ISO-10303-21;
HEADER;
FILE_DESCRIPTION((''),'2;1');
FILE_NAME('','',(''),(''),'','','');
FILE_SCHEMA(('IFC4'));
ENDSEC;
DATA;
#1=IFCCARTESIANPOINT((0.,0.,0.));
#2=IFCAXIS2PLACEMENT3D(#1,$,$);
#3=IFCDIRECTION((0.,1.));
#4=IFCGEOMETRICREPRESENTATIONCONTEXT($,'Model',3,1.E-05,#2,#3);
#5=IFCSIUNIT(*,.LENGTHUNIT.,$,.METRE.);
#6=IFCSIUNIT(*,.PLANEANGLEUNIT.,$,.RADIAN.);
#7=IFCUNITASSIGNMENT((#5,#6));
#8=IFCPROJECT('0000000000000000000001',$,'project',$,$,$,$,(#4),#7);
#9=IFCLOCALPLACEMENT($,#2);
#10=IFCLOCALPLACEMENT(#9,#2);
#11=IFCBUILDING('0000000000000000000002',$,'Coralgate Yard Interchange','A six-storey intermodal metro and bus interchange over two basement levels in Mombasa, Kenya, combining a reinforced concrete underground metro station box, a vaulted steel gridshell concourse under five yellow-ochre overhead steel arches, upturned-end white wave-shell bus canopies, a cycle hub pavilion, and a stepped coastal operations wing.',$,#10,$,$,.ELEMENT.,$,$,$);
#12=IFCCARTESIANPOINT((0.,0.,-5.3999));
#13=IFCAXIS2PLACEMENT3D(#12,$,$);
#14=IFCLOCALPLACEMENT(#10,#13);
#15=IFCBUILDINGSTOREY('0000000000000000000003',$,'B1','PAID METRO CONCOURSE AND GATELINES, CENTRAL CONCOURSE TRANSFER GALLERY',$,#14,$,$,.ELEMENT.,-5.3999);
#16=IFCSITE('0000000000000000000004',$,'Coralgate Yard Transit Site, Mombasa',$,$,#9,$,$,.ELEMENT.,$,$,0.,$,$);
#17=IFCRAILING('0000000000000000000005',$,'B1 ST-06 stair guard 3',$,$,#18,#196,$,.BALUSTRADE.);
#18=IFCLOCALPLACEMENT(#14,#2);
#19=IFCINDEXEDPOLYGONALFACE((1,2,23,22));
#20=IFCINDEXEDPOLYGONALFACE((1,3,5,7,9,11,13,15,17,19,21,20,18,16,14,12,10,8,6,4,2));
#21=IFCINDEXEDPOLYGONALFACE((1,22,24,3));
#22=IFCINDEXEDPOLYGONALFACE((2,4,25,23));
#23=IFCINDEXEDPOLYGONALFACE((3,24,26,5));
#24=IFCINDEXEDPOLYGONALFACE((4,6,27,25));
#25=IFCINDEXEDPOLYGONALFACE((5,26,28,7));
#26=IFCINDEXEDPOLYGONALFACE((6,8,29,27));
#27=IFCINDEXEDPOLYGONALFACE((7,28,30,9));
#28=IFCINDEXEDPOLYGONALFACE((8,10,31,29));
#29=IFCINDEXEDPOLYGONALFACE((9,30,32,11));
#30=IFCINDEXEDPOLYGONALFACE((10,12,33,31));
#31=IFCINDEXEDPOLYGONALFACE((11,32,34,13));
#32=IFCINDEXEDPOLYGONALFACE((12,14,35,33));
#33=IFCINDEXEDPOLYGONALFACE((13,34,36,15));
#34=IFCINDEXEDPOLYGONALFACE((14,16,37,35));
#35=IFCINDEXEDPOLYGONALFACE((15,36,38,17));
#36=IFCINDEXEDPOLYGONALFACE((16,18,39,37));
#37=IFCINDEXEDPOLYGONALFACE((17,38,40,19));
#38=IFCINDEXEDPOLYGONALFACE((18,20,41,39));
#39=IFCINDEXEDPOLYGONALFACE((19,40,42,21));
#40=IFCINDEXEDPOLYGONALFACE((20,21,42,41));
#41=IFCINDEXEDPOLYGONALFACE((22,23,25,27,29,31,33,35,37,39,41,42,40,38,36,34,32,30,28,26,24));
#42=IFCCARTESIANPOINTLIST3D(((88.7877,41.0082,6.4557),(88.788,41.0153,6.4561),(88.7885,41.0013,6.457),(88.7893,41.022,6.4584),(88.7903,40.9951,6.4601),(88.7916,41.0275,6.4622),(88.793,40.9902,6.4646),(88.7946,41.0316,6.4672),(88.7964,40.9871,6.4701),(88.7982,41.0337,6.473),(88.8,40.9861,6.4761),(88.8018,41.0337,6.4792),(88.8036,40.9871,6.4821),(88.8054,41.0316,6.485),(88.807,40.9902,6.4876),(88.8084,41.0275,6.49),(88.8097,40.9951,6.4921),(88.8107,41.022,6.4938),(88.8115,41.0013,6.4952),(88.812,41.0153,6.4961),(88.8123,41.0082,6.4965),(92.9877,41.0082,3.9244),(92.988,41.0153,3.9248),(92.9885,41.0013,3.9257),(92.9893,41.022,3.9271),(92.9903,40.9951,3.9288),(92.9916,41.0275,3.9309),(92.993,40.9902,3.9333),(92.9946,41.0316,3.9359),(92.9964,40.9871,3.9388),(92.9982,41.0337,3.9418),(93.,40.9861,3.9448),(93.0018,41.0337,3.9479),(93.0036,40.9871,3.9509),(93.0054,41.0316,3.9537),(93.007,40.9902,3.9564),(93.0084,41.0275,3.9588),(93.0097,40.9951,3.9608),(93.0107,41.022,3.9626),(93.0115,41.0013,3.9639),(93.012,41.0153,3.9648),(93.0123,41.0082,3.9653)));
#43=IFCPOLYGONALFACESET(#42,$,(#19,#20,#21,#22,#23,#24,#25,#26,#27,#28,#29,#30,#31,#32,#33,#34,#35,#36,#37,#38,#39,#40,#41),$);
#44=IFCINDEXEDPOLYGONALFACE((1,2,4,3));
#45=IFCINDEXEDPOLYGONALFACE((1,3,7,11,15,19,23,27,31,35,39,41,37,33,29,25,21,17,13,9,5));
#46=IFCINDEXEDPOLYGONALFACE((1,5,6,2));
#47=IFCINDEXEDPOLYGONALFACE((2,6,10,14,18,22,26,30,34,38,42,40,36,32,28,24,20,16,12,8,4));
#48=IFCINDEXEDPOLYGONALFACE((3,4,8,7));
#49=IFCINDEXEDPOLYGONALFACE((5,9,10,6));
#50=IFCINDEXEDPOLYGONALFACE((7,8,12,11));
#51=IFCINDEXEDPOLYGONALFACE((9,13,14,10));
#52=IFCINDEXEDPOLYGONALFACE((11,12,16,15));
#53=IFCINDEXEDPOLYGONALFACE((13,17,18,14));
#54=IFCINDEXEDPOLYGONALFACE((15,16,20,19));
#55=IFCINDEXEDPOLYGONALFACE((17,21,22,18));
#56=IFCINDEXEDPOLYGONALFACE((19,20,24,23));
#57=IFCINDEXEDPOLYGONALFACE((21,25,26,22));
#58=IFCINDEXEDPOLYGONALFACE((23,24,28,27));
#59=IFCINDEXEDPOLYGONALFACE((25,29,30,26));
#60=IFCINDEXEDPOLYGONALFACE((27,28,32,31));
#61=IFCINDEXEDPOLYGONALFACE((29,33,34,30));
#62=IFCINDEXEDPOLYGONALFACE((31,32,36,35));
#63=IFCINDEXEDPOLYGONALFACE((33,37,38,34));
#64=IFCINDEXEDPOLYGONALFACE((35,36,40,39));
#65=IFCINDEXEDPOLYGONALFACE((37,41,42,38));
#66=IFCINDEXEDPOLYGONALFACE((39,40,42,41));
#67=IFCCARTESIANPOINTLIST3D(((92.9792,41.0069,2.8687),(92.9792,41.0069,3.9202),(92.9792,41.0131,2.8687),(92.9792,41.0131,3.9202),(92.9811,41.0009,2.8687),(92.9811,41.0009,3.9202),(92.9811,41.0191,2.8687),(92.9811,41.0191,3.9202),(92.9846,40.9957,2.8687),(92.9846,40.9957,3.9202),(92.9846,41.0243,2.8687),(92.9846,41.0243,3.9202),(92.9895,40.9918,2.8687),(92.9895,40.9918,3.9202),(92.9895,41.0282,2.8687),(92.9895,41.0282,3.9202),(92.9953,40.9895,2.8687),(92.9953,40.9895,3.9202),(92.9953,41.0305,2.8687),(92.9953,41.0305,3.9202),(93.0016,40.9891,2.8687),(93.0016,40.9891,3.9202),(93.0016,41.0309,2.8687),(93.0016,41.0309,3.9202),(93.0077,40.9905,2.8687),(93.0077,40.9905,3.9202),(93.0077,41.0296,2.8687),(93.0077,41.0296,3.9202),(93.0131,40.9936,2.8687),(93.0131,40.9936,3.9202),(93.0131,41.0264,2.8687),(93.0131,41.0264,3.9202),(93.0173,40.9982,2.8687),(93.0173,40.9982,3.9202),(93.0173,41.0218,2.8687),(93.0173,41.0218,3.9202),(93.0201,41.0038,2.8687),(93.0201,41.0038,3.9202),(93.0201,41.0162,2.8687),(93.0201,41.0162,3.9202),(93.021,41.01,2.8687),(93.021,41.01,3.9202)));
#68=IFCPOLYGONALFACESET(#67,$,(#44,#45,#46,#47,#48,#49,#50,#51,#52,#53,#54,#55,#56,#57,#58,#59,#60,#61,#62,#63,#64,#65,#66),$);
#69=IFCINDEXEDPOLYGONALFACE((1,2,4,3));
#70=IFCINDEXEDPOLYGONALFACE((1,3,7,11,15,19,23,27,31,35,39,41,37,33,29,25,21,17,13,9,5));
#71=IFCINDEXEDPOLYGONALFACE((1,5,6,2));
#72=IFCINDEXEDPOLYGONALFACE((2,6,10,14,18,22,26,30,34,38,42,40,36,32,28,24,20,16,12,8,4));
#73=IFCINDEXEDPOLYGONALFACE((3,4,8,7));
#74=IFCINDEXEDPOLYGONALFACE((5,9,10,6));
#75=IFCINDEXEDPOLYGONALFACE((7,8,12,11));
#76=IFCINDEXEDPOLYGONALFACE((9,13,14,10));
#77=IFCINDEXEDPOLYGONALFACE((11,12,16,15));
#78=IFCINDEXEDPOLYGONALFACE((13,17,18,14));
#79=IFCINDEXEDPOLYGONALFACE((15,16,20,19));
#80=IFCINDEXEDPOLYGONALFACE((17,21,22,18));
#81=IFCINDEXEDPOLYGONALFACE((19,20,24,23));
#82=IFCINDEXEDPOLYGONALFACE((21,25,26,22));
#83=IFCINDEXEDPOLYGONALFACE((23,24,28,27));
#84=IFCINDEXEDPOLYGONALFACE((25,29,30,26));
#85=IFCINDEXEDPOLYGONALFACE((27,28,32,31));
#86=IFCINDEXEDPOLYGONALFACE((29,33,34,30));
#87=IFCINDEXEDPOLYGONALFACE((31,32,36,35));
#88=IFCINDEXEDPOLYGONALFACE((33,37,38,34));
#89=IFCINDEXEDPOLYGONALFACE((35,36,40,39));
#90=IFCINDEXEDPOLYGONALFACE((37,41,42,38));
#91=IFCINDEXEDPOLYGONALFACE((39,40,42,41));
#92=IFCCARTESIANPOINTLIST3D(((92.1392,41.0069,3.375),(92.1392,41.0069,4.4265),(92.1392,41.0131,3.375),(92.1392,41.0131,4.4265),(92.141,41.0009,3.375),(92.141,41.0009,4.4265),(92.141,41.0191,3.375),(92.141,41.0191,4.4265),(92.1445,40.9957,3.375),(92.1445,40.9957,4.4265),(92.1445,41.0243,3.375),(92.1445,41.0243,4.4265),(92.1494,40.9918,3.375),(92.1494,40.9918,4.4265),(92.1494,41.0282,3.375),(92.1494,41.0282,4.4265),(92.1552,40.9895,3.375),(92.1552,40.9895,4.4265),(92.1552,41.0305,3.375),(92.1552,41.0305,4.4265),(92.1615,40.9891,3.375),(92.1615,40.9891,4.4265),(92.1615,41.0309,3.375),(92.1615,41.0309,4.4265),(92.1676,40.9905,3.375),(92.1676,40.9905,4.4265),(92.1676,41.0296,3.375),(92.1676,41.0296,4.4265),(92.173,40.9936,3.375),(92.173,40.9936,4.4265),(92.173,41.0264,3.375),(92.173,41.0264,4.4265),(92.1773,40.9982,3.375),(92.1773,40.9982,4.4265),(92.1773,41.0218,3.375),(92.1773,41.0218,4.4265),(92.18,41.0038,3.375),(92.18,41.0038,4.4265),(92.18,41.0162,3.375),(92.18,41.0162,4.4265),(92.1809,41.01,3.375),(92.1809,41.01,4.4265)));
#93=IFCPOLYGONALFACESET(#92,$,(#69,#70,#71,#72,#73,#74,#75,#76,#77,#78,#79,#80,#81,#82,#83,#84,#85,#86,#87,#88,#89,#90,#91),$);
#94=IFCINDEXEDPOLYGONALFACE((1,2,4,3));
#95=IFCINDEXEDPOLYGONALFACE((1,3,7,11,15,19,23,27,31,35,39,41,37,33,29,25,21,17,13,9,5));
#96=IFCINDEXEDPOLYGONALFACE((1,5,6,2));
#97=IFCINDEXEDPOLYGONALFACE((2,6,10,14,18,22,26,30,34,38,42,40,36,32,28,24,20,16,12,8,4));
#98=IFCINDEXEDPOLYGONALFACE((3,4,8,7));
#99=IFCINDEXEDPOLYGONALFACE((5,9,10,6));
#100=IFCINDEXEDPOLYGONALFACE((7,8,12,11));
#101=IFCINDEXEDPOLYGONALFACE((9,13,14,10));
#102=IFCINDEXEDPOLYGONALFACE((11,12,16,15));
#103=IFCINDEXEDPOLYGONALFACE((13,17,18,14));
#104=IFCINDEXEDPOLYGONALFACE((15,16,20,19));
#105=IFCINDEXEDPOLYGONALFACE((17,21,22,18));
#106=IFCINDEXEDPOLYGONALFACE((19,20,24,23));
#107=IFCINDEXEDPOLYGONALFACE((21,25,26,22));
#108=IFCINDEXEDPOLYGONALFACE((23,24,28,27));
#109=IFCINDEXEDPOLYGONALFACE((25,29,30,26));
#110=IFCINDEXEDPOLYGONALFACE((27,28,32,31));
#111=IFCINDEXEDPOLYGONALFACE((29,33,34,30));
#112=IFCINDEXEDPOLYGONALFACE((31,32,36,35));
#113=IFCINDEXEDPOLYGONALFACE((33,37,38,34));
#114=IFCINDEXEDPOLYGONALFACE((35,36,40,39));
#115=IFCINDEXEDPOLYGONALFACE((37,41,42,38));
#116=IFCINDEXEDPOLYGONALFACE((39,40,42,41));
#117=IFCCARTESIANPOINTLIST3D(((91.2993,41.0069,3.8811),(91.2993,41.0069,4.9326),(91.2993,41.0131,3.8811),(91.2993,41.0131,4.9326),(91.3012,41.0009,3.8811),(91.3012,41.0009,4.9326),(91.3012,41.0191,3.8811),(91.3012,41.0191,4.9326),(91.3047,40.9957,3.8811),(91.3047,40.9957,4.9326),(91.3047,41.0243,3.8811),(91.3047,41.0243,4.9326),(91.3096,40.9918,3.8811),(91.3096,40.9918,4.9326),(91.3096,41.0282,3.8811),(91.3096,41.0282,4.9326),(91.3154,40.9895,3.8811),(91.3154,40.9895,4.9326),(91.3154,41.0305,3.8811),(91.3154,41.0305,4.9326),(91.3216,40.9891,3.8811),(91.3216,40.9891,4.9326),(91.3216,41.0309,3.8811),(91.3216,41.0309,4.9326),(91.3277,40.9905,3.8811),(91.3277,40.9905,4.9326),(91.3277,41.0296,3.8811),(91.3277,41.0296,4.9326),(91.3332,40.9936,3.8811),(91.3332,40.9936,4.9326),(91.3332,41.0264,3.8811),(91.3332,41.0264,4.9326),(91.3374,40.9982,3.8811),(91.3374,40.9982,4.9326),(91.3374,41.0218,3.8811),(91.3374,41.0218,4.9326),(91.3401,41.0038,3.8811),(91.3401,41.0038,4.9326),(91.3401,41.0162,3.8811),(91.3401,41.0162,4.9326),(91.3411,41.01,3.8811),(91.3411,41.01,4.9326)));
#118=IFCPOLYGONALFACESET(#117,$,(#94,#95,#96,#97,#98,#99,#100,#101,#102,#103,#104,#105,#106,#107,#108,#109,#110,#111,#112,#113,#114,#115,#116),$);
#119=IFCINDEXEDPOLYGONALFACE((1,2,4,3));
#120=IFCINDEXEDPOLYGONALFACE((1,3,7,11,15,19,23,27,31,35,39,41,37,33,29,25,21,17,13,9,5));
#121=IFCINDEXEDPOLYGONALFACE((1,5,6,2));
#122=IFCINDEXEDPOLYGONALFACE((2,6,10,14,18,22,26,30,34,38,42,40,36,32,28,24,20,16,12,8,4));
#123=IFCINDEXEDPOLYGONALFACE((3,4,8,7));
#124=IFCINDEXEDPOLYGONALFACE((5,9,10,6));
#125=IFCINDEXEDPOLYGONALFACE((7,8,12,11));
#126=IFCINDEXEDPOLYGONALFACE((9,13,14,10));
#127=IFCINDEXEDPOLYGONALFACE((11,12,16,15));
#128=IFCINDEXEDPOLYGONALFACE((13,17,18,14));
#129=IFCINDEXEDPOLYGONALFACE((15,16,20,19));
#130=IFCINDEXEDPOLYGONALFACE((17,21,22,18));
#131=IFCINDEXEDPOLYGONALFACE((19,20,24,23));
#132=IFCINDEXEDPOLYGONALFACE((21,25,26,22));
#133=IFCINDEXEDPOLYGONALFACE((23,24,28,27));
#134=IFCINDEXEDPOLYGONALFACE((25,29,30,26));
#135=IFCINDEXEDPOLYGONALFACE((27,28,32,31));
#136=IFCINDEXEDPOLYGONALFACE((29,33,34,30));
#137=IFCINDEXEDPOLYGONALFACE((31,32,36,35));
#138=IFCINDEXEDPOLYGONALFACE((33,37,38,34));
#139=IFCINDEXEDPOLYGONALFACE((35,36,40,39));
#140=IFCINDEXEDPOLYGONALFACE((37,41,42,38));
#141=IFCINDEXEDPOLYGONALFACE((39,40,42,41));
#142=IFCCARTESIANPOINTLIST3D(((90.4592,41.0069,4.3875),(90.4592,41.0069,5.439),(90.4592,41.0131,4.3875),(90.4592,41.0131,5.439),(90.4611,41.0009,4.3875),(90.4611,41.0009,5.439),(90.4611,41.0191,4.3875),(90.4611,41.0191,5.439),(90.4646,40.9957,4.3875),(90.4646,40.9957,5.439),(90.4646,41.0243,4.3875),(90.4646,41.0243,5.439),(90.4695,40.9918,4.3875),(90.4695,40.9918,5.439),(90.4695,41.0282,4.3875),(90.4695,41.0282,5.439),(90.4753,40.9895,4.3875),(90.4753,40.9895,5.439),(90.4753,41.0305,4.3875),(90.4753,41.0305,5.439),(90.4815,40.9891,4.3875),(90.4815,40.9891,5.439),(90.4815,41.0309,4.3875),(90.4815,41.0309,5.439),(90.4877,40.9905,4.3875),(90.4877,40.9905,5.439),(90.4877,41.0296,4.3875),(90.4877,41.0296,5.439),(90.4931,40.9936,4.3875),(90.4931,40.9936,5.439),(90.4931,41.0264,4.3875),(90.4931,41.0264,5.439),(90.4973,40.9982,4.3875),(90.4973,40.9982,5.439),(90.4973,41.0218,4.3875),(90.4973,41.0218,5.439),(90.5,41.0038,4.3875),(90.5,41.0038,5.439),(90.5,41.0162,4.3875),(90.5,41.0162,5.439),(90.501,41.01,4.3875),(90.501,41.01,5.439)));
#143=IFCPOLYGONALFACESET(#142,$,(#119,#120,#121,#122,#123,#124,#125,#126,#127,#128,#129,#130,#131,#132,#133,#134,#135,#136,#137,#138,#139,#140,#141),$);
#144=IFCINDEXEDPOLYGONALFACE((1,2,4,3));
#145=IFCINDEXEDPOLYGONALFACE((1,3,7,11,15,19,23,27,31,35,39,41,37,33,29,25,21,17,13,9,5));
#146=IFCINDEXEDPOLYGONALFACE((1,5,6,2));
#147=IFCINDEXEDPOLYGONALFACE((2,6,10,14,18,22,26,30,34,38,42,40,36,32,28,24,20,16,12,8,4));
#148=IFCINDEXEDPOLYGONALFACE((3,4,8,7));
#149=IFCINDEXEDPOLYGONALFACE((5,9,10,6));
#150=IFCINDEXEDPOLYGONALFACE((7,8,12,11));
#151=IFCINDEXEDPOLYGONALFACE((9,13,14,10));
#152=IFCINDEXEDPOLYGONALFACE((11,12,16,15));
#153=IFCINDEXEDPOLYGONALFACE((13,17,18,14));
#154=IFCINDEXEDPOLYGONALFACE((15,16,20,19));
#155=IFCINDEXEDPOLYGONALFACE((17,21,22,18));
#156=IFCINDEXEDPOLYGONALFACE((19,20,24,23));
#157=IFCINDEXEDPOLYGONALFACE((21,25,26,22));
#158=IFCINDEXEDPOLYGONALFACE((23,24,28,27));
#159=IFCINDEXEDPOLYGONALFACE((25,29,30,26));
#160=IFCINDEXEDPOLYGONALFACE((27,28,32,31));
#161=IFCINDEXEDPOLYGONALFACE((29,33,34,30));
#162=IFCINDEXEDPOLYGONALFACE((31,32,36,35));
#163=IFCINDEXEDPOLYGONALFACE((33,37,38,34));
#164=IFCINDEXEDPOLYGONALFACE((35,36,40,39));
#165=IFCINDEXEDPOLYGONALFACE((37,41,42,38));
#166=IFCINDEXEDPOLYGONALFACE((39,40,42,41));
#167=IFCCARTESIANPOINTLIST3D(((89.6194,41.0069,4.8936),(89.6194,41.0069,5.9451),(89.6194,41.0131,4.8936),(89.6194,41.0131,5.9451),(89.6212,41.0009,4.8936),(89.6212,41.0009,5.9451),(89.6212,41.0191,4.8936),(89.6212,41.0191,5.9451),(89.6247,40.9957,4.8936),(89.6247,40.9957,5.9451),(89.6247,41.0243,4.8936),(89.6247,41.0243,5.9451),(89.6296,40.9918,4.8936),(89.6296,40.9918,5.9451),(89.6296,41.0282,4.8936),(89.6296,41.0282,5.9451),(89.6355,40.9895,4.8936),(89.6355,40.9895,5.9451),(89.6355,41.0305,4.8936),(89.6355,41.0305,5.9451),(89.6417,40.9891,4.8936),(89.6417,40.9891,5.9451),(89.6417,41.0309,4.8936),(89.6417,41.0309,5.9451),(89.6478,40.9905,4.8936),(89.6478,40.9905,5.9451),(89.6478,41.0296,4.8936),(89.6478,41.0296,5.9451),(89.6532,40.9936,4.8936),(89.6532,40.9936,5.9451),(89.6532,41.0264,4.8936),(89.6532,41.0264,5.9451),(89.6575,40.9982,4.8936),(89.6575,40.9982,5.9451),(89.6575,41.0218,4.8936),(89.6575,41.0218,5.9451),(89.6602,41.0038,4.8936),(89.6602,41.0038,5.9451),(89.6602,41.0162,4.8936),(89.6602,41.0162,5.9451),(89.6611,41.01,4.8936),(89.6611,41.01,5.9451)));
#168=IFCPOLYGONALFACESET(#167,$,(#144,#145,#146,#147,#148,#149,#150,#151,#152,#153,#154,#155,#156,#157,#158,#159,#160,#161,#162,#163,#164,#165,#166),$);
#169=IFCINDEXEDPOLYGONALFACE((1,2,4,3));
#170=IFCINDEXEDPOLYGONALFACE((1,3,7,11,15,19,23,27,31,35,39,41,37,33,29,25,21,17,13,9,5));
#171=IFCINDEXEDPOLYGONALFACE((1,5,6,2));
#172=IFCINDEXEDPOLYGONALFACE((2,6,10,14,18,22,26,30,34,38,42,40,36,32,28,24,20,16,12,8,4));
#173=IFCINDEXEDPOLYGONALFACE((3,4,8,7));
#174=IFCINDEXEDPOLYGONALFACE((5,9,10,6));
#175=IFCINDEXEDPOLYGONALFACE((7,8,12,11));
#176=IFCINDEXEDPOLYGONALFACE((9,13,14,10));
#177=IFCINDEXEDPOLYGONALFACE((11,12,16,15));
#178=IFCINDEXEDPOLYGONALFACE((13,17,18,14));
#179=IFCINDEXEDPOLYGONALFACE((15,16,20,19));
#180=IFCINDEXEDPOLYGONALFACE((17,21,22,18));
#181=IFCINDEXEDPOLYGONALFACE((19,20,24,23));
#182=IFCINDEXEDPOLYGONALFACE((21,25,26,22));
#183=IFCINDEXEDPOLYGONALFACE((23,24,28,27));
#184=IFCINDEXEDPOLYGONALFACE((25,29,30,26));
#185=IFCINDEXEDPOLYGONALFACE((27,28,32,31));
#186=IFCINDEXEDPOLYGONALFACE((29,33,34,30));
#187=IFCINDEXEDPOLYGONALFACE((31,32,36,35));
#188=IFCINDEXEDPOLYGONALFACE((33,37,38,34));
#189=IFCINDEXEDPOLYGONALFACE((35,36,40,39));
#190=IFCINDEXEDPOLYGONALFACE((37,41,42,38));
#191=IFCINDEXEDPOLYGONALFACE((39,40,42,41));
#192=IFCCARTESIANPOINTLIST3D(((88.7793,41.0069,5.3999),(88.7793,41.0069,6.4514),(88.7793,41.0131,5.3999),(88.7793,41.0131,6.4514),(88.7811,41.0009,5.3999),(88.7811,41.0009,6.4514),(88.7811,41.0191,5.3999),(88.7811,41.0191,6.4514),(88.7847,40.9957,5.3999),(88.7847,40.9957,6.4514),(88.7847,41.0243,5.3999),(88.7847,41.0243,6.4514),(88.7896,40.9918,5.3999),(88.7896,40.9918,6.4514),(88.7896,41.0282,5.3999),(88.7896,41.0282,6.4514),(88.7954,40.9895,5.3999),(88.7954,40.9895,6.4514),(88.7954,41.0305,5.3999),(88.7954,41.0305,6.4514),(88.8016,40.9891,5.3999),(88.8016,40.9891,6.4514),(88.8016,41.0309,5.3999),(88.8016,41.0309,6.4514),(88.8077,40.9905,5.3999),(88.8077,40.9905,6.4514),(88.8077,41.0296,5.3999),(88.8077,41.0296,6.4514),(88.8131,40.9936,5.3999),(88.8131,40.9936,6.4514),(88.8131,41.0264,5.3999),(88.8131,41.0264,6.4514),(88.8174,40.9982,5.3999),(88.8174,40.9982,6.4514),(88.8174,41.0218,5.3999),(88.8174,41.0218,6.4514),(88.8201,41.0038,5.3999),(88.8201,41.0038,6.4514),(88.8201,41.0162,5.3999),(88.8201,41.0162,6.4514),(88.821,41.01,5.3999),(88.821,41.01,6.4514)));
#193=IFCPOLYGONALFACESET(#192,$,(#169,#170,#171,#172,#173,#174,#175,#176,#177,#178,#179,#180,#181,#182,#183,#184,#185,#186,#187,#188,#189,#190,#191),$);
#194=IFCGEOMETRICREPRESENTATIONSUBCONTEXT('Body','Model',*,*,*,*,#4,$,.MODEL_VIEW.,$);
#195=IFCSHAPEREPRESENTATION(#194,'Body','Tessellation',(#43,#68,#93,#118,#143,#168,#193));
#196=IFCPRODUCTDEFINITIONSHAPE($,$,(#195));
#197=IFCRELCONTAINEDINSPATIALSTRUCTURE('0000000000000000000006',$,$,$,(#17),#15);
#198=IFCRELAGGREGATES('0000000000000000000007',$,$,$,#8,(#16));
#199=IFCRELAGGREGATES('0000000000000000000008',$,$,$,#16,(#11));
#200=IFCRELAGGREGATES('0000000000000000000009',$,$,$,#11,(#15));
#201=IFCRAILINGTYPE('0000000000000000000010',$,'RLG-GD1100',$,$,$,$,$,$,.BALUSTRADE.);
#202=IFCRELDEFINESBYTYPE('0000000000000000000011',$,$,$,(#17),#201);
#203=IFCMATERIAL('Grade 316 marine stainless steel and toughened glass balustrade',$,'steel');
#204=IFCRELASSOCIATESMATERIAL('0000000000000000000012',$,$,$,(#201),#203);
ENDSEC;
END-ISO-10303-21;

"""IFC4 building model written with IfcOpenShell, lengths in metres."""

from ifc_helpers import new_model, si_unit, direction, frame, origin, origin_2d, place, context, subcontext, project, spatial, circle, extrude, material, type_object, element, save


model = new_model("IFC4")

# Units and contexts
model_context = context("Model", 3, precision=1e-05, world=origin(), true_north=direction((0.0, 1.0)))
body_context = subcontext(model_context, "Body", "Model", "MODEL_VIEW")
ifc_project = project(units=[si_unit("LENGTHUNIT", "METRE"), si_unit("PLANEANGLEUNIT", "RADIAN")], contexts=[model_context])

# Site, building, storey
site_placement = place(None, origin())
site = spatial("IfcSite", under=ifc_project, at=site_placement, Name="Coralgate Yard Transit Site, Mombasa", CompositionType="ELEMENT", RefElevation=0.0)
building_placement = place(site_placement, origin())
building = spatial("IfcBuilding", under=site, at=building_placement, Name="Coralgate Yard Interchange", Description="A six-storey intermodal metro and bus interchange over two basement levels in Mombasa, Kenya, combining a reinforced concrete underground metro station box, a vaulted steel gridshell concourse under five yellow-ochre overhead steel arches, upturned-end white wave-shell bus canopies, a cycle hub pavilion, and a stepped coastal operations wing.", CompositionType="ELEMENT")
storey_placement = place(building_placement, frame((0.0, 0.0, -5.3999)))
storey = spatial("IfcBuildingStorey", under=building, at=storey_placement, Name="B1", Description="PAID METRO CONCOURSE AND GATELINES, CENTRAL CONCOURSE TRANSFER GALLERY", CompositionType="ELEMENT", Elevation=-5.3999)

# Railing
ifc_material_1 = material(Name="Grade 316 marine stainless steel and toughened glass balustrade", Category="steel")
railing_type_1 = type_object("IfcRailingType", Name="RLG-GD1100", PredefinedType="BALUSTRADE", material=ifc_material_1)
railing_1_placement = place(storey_placement, frame((93.0, 41.01, 2.8687)))
element("IfcRailing", 1, at=railing_1_placement, inside=storey, type_object=railing_type_1, Name="B1 ST-06 stair guard 3", PredefinedType="BALUSTRADE", context=body_context, shape_type="SweptSolid", body=[
    extrude(circle(Radius=0.0239, at=origin_2d()), frame((0.0, 0.0, 1.0762), z_axis=(-0.856476, 0.0, 0.516186), x_axis=(0.0, -1.0, 0.0)), (0.0, 0.0, 1.0), 4.9038),
    extrude(circle(Radius=0.021, at=origin_2d()), origin(), (0.0, 0.0, 1.0), 1.0515),
    extrude(circle(Radius=0.021, at=origin_2d()), frame((-0.8401, 0.0, 0.5063)), (0.0, 0.0, 1.0), 1.0515),
    extrude(circle(Radius=0.021, at=origin_2d()), frame((-1.6799, 0.0, 1.0125)), (0.0, 0.0, 1.0), 1.0515),
    extrude(circle(Radius=0.021, at=origin_2d()), frame((-2.52, 0.0, 1.5188)), (0.0, 0.0, 1.0), 1.0515),
    extrude(circle(Radius=0.021, at=origin_2d()), frame((-3.3599, 0.0, 2.0249)), (0.0, 0.0, 1.0), 1.0515),
    extrude(circle(Radius=0.021, at=origin_2d()), frame((-4.2, 0.0, 2.5312)), (0.0, 0.0, 1.0), 1.0515),
])

save(model, "model.ifc")
